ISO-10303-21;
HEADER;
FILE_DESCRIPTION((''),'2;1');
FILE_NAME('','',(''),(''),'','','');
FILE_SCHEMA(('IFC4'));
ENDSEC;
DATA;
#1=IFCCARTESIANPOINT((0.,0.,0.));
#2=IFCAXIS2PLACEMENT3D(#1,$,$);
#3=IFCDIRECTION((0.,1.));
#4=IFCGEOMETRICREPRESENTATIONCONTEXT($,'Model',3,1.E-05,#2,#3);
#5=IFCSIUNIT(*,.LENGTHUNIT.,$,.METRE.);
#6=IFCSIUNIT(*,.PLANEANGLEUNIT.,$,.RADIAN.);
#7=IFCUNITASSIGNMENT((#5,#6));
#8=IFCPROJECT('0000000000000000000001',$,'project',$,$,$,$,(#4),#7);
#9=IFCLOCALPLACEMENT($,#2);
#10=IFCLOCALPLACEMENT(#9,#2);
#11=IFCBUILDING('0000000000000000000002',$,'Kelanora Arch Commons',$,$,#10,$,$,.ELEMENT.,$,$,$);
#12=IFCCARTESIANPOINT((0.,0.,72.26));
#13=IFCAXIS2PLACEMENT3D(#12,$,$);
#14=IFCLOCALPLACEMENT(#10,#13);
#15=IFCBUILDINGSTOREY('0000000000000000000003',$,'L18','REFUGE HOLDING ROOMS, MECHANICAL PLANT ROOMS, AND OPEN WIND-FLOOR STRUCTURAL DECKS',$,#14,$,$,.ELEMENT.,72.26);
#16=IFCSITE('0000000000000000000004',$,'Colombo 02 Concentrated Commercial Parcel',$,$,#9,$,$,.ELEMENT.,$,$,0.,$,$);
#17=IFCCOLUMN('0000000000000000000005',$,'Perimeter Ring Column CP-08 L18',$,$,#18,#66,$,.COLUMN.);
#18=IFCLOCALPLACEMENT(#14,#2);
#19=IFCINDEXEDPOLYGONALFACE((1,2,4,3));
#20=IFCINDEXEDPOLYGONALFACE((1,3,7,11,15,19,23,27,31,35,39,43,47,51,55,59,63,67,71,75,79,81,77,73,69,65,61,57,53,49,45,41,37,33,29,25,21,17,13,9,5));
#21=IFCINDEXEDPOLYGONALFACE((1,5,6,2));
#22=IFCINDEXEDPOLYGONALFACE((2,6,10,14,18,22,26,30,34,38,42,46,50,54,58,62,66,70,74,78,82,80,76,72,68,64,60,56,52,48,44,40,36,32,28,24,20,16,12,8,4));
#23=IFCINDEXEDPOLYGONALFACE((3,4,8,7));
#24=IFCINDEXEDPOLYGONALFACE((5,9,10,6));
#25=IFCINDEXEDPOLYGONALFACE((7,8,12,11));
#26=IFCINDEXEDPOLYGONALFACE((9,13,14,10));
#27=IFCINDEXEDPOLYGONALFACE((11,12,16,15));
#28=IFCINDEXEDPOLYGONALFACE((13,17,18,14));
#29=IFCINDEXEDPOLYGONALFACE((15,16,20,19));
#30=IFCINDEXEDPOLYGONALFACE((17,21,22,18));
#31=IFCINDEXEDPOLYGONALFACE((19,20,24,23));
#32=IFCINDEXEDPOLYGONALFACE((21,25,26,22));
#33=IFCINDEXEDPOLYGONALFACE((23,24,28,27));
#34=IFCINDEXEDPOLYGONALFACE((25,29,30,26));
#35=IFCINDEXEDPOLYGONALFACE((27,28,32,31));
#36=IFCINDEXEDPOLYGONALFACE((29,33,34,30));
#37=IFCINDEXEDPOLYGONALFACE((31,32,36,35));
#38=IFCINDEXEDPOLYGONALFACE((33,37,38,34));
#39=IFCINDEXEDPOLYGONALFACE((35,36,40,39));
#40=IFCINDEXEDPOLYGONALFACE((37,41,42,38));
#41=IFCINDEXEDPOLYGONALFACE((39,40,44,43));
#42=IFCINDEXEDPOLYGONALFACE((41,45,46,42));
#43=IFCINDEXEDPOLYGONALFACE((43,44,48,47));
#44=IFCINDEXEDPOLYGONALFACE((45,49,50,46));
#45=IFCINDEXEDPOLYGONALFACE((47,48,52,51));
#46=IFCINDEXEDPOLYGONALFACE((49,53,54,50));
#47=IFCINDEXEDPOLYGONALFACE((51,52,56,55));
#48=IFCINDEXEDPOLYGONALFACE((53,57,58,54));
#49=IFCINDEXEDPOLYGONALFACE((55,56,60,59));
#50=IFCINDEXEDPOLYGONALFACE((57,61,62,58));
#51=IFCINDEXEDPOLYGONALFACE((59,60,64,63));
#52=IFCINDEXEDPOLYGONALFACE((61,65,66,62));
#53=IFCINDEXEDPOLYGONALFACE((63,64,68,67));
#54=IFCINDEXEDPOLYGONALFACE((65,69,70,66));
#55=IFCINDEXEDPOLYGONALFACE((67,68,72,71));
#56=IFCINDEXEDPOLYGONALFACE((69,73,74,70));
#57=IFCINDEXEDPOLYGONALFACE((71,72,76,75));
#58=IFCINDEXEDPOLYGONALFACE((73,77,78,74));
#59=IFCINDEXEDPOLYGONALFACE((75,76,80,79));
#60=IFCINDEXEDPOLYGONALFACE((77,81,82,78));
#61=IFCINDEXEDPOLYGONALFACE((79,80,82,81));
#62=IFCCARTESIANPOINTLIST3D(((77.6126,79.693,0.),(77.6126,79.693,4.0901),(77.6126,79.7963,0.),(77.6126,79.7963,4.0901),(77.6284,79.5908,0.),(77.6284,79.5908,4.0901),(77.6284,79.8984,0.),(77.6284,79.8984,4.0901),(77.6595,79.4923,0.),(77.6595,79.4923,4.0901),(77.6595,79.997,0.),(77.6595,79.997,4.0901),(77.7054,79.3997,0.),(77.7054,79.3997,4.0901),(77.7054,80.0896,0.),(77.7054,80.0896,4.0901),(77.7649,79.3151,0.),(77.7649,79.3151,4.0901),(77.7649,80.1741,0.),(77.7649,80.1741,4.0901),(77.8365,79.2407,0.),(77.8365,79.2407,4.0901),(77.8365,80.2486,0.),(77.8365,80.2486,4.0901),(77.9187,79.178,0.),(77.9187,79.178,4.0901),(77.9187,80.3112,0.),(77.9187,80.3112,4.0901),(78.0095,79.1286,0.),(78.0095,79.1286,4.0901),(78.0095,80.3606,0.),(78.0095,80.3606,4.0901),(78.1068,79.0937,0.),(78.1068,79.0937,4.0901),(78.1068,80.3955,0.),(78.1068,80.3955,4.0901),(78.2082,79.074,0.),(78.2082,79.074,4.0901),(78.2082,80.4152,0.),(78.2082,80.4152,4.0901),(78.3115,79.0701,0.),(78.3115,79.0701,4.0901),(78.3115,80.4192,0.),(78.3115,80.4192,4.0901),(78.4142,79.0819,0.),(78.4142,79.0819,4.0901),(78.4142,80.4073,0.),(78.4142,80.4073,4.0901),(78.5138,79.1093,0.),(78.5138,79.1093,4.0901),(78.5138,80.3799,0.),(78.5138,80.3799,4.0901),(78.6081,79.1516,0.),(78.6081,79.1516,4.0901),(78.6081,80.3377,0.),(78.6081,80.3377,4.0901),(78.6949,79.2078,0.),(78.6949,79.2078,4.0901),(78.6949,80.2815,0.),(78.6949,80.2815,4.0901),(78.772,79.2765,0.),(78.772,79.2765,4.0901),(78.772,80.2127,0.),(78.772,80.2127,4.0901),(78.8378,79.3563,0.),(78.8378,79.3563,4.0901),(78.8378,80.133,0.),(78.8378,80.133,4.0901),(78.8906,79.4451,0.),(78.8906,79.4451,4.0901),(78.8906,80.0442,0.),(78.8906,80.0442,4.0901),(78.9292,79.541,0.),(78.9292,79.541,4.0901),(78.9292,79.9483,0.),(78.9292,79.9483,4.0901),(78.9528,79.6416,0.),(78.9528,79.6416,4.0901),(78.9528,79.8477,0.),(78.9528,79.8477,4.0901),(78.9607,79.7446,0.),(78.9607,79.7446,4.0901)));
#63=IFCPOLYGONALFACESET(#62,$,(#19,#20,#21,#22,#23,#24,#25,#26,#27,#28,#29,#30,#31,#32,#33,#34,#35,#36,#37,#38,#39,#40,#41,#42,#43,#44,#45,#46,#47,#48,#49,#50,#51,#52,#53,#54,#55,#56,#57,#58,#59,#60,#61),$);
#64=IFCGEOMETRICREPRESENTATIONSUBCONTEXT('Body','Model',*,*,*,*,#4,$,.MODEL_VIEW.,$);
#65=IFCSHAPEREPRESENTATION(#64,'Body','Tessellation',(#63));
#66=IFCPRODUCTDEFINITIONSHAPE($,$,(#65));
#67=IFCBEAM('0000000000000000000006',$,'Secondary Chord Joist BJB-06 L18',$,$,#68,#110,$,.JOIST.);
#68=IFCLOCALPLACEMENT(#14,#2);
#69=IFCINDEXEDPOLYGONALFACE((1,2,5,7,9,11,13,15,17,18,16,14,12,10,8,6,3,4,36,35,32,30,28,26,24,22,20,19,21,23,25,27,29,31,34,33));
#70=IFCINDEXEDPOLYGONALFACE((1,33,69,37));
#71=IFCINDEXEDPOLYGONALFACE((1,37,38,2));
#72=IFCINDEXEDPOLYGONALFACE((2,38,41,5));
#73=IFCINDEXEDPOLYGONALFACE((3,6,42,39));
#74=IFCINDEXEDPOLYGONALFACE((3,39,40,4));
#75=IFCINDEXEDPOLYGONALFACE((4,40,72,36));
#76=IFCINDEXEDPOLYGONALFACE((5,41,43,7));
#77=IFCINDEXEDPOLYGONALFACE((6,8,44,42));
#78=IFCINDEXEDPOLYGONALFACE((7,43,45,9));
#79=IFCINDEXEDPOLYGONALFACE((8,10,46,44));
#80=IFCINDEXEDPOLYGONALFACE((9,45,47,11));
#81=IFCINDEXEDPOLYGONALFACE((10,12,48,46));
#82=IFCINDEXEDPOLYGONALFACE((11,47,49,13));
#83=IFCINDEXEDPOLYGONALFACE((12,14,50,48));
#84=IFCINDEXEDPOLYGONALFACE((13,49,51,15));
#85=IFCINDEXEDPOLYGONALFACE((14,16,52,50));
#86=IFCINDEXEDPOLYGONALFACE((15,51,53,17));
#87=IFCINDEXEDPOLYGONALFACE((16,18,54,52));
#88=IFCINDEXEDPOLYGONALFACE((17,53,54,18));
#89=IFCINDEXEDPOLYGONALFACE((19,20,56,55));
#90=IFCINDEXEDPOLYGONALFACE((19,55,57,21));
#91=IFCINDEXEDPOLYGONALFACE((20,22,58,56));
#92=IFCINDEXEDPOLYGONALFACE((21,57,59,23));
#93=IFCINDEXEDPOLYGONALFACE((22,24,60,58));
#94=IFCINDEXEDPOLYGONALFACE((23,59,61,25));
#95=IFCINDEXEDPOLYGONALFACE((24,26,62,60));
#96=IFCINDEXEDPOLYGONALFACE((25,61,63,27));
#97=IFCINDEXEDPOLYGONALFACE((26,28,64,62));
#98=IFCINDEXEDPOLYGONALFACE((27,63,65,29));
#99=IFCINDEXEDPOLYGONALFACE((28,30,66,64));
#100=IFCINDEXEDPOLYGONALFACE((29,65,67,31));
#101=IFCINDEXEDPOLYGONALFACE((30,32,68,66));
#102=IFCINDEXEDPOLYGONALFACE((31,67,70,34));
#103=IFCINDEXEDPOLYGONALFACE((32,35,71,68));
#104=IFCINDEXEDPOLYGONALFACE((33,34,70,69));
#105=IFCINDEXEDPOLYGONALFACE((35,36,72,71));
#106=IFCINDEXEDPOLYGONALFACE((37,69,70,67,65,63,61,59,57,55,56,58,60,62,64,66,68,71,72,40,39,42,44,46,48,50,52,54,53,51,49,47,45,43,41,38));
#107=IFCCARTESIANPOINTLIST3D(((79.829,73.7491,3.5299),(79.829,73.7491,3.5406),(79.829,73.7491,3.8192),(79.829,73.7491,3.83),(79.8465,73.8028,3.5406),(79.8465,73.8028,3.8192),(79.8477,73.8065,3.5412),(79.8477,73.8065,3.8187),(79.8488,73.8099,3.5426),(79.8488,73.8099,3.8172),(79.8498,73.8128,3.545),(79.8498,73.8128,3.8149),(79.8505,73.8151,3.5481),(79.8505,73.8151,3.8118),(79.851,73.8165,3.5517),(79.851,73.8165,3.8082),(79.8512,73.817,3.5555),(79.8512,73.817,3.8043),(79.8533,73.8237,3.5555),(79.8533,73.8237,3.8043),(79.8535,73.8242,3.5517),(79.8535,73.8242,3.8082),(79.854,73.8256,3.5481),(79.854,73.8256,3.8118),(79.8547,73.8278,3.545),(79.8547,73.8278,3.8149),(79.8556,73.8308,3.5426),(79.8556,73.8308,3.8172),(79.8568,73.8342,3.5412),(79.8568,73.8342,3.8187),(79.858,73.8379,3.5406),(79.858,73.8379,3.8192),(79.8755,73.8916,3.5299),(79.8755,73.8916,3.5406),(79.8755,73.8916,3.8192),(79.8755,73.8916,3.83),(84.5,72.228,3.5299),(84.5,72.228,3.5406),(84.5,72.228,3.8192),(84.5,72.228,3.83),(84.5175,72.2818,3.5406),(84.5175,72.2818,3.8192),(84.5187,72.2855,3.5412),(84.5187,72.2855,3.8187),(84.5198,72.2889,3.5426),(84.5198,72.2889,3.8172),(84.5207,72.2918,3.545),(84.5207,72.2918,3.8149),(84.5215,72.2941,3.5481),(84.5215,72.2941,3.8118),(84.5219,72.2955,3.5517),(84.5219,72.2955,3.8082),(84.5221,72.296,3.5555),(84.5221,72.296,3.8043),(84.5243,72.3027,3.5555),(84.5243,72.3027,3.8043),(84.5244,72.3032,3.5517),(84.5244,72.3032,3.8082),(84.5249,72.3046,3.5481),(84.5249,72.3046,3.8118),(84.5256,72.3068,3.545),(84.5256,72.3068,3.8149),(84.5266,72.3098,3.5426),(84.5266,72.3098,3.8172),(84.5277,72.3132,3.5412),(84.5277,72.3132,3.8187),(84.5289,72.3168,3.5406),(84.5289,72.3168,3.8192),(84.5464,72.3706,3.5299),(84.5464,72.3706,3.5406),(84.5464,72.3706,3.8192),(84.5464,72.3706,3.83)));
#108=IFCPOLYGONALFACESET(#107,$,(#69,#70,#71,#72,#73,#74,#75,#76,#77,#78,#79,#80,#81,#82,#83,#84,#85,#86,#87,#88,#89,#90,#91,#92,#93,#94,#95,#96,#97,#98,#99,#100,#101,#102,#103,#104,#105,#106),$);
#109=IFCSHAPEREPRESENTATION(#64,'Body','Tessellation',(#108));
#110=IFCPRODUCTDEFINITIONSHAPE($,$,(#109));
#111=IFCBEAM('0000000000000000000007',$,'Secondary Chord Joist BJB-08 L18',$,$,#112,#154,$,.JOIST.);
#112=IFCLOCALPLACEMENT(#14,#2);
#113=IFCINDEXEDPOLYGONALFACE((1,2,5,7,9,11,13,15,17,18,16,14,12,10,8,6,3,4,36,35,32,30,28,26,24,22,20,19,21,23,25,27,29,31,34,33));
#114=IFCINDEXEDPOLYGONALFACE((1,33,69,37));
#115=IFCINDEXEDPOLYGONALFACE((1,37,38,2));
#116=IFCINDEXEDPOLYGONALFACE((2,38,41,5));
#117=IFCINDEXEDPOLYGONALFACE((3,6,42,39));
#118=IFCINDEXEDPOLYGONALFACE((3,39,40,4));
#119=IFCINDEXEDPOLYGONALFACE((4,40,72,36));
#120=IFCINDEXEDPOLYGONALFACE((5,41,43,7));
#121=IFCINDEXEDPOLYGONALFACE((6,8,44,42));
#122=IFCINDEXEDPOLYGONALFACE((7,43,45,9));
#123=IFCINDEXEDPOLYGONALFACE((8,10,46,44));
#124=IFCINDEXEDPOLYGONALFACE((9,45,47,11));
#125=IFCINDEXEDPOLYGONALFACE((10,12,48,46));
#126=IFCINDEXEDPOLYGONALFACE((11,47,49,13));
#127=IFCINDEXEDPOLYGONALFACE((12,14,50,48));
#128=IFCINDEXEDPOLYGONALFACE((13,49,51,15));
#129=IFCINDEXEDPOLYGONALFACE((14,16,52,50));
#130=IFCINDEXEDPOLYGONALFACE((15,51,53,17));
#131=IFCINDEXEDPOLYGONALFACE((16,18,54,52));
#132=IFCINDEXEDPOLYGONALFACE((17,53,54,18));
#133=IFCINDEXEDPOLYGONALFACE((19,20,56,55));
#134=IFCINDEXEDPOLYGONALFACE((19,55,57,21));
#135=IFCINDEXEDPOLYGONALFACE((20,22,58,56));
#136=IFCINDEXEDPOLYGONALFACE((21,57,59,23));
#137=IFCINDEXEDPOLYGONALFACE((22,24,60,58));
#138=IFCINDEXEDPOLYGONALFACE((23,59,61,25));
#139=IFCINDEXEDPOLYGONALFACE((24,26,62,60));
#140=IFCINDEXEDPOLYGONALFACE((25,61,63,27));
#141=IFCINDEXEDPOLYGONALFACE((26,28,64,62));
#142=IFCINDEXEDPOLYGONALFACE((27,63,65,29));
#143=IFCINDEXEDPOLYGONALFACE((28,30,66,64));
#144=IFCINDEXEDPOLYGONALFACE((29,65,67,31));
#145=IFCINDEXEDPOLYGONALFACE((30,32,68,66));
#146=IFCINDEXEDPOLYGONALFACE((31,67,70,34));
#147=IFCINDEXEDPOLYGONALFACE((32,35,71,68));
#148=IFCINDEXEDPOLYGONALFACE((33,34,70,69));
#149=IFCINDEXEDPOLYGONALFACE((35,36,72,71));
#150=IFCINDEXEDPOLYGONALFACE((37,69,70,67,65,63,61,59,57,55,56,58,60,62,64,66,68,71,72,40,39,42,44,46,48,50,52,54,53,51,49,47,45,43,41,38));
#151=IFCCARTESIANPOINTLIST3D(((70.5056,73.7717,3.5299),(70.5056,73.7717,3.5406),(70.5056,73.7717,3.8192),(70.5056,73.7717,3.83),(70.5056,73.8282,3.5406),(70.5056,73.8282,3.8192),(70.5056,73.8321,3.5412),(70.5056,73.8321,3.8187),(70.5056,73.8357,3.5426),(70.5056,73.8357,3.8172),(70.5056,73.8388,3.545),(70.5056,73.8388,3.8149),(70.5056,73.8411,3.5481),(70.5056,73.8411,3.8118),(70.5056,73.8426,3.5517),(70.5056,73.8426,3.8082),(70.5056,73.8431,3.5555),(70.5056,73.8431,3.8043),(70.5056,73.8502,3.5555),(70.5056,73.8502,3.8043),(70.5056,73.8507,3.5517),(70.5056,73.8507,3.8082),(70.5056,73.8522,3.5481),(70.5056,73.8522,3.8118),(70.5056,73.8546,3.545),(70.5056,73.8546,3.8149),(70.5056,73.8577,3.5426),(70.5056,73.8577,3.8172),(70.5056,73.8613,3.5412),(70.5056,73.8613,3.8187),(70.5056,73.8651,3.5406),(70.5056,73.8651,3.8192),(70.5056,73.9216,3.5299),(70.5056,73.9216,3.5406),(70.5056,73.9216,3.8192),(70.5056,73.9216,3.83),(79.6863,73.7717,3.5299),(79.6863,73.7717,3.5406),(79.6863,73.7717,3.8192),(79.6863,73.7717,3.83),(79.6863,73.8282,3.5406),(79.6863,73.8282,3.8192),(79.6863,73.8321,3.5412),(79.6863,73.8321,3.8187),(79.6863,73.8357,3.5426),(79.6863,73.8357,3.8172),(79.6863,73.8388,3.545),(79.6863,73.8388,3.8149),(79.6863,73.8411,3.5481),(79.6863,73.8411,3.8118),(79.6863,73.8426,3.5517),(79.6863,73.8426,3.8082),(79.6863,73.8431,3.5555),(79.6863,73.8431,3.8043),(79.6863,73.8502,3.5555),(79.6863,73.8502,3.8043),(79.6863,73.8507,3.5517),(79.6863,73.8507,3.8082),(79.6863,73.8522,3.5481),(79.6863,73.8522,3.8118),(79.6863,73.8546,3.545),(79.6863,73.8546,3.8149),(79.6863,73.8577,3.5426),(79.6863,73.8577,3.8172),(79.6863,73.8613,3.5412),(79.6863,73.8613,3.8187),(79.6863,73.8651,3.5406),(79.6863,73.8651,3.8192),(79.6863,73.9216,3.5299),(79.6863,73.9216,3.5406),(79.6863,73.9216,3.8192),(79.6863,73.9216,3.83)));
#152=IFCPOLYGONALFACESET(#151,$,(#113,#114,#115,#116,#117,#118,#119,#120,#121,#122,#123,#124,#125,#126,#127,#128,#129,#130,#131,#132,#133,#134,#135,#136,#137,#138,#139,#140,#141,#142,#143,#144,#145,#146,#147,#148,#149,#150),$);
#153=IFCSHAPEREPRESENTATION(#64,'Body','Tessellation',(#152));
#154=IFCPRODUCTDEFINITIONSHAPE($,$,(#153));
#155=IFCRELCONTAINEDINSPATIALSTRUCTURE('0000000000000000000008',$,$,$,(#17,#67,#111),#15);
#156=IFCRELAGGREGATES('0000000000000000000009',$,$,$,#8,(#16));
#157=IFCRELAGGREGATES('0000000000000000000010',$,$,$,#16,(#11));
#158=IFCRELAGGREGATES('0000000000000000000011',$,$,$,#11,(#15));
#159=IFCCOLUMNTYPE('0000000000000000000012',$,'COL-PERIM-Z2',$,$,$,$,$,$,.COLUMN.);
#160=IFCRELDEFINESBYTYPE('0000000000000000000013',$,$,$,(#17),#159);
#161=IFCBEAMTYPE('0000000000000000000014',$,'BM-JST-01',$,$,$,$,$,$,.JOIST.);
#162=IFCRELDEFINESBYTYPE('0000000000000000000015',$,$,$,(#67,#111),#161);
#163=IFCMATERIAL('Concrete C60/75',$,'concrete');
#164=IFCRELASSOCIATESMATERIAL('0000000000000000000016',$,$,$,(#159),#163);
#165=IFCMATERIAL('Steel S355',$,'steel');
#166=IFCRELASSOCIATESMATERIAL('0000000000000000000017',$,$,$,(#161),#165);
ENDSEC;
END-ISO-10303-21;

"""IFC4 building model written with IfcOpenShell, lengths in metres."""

from ifc_helpers import new_model, si_unit, direction, frame, origin, origin_2d, place, context, subcontext, project, spatial, circle, i_section, extrude, material, material_profile, profile_set, type_object, element, save


model = new_model("IFC4")

# Units and contexts
model_context = context("Model", 3, precision=1e-05, world=origin(), true_north=direction((0.0, 1.0)))
body_context = subcontext(model_context, "Body", "Model", "MODEL_VIEW")
ifc_project = project(units=[si_unit("LENGTHUNIT", "METRE"), si_unit("PLANEANGLEUNIT", "RADIAN")], contexts=[model_context])

# Site, building, storey
site_placement = place(None, origin())
site = spatial("IfcSite", under=ifc_project, at=site_placement, Name="Colombo 02 Concentrated Commercial Parcel", CompositionType="ELEMENT", RefElevation=0.0)
building_placement = place(site_placement, origin())
building = spatial("IfcBuilding", under=site, at=building_placement, Name="Kelanora Arch Commons", CompositionType="ELEMENT")
storey_placement = place(building_placement, frame((0.0, 0.0, 72.26)))
storey = spatial("IfcBuildingStorey", under=building, at=storey_placement, Name="L18", Description="REFUGE HOLDING ROOMS, MECHANICAL PLANT ROOMS, AND OPEN WIND-FLOOR STRUCTURAL DECKS", CompositionType="ELEMENT", Elevation=72.26)

# Column
ifc_material_1 = material(Name="Concrete C60/75", Category="concrete")
ifc_material_profile_1 = material_profile(ifc_material_1, circle(Radius=0.675, at=origin_2d()), Name="RCC1350")
ifc_profile_set_1 = profile_set([ifc_material_profile_1], Name="Concrete C60/75")
column_type = type_object("IfcColumnType", Name="COL-PERIM-Z2", PredefinedType="COLUMN", material=ifc_profile_set_1)
column_placement = place(storey_placement, frame((78.2856, 79.7446, 0.0), z_axis=(0.0, 0.0, 1.0), x_axis=(1.0, 0.0, 0.0)))
element("IfcColumn", 1, at=column_placement, inside=storey, type_object=column_type, Name="Perimeter Ring Column CP-08 L18", PredefinedType="COLUMN", context=body_context, shape_type="SweptSolid", body=[
    extrude(circle(Radius=0.675, at=origin_2d()), origin(), (0.0, 0.0, 1.0), 4.0901),
])

# Beams
ifc_material_2 = material(Name="Steel S355", Category="steel")
ifc_material_profile_2 = material_profile(ifc_material_2, i_section(OverallWidth=0.1499, OverallDepth=0.3, WebThickness=0.0071, FlangeThickness=0.0107, FilletRadius=0.0149, at=origin_2d()), Name="IPE300")
ifc_profile_set_2 = profile_set([ifc_material_profile_2], Name="Steel S355")
beam_type_1 = type_object("IfcBeamType", Name="BM-JST-01", PredefinedType="JOIST", material=ifc_profile_set_2)
beam_1_placement = place(storey_placement, frame((84.5232, 72.2993, 3.6799), z_axis=(-0.950857, 0.30963, 0.0), x_axis=(-0.30963, -0.950857, 0.0)))
element("IfcBeam", 2, at=beam_1_placement, inside=storey, type_object=beam_type_1, Name="Secondary Chord Joist BJB-06 L18", PredefinedType="JOIST", context=body_context, shape_type="SweptSolid", body=[
    extrude(i_section(OverallWidth=0.1499, OverallDepth=0.3, WebThickness=0.0071, FlangeThickness=0.0107, FilletRadius=0.0149, at=origin_2d()), origin(), (0.0, 0.0, 1.0), 4.9124),
])
beam_2_placement = place(storey_placement, frame((79.6863, 73.8467, 3.6799), z_axis=(-1.0, 0.0, 0.0), x_axis=(0.0, -1.0, 0.0)))
element("IfcBeam", 3, at=beam_2_placement, inside=storey, type_object=beam_type_1, Name="Secondary Chord Joist BJB-08 L18", PredefinedType="JOIST", context=body_context, shape_type="SweptSolid", body=[
    extrude(i_section(OverallWidth=0.1499, OverallDepth=0.3, WebThickness=0.0071, FlangeThickness=0.0107, FilletRadius=0.0149, at=origin_2d()), origin(), (0.0, 0.0, 1.0), 9.1807),
])

save(model, "model.ifc")
